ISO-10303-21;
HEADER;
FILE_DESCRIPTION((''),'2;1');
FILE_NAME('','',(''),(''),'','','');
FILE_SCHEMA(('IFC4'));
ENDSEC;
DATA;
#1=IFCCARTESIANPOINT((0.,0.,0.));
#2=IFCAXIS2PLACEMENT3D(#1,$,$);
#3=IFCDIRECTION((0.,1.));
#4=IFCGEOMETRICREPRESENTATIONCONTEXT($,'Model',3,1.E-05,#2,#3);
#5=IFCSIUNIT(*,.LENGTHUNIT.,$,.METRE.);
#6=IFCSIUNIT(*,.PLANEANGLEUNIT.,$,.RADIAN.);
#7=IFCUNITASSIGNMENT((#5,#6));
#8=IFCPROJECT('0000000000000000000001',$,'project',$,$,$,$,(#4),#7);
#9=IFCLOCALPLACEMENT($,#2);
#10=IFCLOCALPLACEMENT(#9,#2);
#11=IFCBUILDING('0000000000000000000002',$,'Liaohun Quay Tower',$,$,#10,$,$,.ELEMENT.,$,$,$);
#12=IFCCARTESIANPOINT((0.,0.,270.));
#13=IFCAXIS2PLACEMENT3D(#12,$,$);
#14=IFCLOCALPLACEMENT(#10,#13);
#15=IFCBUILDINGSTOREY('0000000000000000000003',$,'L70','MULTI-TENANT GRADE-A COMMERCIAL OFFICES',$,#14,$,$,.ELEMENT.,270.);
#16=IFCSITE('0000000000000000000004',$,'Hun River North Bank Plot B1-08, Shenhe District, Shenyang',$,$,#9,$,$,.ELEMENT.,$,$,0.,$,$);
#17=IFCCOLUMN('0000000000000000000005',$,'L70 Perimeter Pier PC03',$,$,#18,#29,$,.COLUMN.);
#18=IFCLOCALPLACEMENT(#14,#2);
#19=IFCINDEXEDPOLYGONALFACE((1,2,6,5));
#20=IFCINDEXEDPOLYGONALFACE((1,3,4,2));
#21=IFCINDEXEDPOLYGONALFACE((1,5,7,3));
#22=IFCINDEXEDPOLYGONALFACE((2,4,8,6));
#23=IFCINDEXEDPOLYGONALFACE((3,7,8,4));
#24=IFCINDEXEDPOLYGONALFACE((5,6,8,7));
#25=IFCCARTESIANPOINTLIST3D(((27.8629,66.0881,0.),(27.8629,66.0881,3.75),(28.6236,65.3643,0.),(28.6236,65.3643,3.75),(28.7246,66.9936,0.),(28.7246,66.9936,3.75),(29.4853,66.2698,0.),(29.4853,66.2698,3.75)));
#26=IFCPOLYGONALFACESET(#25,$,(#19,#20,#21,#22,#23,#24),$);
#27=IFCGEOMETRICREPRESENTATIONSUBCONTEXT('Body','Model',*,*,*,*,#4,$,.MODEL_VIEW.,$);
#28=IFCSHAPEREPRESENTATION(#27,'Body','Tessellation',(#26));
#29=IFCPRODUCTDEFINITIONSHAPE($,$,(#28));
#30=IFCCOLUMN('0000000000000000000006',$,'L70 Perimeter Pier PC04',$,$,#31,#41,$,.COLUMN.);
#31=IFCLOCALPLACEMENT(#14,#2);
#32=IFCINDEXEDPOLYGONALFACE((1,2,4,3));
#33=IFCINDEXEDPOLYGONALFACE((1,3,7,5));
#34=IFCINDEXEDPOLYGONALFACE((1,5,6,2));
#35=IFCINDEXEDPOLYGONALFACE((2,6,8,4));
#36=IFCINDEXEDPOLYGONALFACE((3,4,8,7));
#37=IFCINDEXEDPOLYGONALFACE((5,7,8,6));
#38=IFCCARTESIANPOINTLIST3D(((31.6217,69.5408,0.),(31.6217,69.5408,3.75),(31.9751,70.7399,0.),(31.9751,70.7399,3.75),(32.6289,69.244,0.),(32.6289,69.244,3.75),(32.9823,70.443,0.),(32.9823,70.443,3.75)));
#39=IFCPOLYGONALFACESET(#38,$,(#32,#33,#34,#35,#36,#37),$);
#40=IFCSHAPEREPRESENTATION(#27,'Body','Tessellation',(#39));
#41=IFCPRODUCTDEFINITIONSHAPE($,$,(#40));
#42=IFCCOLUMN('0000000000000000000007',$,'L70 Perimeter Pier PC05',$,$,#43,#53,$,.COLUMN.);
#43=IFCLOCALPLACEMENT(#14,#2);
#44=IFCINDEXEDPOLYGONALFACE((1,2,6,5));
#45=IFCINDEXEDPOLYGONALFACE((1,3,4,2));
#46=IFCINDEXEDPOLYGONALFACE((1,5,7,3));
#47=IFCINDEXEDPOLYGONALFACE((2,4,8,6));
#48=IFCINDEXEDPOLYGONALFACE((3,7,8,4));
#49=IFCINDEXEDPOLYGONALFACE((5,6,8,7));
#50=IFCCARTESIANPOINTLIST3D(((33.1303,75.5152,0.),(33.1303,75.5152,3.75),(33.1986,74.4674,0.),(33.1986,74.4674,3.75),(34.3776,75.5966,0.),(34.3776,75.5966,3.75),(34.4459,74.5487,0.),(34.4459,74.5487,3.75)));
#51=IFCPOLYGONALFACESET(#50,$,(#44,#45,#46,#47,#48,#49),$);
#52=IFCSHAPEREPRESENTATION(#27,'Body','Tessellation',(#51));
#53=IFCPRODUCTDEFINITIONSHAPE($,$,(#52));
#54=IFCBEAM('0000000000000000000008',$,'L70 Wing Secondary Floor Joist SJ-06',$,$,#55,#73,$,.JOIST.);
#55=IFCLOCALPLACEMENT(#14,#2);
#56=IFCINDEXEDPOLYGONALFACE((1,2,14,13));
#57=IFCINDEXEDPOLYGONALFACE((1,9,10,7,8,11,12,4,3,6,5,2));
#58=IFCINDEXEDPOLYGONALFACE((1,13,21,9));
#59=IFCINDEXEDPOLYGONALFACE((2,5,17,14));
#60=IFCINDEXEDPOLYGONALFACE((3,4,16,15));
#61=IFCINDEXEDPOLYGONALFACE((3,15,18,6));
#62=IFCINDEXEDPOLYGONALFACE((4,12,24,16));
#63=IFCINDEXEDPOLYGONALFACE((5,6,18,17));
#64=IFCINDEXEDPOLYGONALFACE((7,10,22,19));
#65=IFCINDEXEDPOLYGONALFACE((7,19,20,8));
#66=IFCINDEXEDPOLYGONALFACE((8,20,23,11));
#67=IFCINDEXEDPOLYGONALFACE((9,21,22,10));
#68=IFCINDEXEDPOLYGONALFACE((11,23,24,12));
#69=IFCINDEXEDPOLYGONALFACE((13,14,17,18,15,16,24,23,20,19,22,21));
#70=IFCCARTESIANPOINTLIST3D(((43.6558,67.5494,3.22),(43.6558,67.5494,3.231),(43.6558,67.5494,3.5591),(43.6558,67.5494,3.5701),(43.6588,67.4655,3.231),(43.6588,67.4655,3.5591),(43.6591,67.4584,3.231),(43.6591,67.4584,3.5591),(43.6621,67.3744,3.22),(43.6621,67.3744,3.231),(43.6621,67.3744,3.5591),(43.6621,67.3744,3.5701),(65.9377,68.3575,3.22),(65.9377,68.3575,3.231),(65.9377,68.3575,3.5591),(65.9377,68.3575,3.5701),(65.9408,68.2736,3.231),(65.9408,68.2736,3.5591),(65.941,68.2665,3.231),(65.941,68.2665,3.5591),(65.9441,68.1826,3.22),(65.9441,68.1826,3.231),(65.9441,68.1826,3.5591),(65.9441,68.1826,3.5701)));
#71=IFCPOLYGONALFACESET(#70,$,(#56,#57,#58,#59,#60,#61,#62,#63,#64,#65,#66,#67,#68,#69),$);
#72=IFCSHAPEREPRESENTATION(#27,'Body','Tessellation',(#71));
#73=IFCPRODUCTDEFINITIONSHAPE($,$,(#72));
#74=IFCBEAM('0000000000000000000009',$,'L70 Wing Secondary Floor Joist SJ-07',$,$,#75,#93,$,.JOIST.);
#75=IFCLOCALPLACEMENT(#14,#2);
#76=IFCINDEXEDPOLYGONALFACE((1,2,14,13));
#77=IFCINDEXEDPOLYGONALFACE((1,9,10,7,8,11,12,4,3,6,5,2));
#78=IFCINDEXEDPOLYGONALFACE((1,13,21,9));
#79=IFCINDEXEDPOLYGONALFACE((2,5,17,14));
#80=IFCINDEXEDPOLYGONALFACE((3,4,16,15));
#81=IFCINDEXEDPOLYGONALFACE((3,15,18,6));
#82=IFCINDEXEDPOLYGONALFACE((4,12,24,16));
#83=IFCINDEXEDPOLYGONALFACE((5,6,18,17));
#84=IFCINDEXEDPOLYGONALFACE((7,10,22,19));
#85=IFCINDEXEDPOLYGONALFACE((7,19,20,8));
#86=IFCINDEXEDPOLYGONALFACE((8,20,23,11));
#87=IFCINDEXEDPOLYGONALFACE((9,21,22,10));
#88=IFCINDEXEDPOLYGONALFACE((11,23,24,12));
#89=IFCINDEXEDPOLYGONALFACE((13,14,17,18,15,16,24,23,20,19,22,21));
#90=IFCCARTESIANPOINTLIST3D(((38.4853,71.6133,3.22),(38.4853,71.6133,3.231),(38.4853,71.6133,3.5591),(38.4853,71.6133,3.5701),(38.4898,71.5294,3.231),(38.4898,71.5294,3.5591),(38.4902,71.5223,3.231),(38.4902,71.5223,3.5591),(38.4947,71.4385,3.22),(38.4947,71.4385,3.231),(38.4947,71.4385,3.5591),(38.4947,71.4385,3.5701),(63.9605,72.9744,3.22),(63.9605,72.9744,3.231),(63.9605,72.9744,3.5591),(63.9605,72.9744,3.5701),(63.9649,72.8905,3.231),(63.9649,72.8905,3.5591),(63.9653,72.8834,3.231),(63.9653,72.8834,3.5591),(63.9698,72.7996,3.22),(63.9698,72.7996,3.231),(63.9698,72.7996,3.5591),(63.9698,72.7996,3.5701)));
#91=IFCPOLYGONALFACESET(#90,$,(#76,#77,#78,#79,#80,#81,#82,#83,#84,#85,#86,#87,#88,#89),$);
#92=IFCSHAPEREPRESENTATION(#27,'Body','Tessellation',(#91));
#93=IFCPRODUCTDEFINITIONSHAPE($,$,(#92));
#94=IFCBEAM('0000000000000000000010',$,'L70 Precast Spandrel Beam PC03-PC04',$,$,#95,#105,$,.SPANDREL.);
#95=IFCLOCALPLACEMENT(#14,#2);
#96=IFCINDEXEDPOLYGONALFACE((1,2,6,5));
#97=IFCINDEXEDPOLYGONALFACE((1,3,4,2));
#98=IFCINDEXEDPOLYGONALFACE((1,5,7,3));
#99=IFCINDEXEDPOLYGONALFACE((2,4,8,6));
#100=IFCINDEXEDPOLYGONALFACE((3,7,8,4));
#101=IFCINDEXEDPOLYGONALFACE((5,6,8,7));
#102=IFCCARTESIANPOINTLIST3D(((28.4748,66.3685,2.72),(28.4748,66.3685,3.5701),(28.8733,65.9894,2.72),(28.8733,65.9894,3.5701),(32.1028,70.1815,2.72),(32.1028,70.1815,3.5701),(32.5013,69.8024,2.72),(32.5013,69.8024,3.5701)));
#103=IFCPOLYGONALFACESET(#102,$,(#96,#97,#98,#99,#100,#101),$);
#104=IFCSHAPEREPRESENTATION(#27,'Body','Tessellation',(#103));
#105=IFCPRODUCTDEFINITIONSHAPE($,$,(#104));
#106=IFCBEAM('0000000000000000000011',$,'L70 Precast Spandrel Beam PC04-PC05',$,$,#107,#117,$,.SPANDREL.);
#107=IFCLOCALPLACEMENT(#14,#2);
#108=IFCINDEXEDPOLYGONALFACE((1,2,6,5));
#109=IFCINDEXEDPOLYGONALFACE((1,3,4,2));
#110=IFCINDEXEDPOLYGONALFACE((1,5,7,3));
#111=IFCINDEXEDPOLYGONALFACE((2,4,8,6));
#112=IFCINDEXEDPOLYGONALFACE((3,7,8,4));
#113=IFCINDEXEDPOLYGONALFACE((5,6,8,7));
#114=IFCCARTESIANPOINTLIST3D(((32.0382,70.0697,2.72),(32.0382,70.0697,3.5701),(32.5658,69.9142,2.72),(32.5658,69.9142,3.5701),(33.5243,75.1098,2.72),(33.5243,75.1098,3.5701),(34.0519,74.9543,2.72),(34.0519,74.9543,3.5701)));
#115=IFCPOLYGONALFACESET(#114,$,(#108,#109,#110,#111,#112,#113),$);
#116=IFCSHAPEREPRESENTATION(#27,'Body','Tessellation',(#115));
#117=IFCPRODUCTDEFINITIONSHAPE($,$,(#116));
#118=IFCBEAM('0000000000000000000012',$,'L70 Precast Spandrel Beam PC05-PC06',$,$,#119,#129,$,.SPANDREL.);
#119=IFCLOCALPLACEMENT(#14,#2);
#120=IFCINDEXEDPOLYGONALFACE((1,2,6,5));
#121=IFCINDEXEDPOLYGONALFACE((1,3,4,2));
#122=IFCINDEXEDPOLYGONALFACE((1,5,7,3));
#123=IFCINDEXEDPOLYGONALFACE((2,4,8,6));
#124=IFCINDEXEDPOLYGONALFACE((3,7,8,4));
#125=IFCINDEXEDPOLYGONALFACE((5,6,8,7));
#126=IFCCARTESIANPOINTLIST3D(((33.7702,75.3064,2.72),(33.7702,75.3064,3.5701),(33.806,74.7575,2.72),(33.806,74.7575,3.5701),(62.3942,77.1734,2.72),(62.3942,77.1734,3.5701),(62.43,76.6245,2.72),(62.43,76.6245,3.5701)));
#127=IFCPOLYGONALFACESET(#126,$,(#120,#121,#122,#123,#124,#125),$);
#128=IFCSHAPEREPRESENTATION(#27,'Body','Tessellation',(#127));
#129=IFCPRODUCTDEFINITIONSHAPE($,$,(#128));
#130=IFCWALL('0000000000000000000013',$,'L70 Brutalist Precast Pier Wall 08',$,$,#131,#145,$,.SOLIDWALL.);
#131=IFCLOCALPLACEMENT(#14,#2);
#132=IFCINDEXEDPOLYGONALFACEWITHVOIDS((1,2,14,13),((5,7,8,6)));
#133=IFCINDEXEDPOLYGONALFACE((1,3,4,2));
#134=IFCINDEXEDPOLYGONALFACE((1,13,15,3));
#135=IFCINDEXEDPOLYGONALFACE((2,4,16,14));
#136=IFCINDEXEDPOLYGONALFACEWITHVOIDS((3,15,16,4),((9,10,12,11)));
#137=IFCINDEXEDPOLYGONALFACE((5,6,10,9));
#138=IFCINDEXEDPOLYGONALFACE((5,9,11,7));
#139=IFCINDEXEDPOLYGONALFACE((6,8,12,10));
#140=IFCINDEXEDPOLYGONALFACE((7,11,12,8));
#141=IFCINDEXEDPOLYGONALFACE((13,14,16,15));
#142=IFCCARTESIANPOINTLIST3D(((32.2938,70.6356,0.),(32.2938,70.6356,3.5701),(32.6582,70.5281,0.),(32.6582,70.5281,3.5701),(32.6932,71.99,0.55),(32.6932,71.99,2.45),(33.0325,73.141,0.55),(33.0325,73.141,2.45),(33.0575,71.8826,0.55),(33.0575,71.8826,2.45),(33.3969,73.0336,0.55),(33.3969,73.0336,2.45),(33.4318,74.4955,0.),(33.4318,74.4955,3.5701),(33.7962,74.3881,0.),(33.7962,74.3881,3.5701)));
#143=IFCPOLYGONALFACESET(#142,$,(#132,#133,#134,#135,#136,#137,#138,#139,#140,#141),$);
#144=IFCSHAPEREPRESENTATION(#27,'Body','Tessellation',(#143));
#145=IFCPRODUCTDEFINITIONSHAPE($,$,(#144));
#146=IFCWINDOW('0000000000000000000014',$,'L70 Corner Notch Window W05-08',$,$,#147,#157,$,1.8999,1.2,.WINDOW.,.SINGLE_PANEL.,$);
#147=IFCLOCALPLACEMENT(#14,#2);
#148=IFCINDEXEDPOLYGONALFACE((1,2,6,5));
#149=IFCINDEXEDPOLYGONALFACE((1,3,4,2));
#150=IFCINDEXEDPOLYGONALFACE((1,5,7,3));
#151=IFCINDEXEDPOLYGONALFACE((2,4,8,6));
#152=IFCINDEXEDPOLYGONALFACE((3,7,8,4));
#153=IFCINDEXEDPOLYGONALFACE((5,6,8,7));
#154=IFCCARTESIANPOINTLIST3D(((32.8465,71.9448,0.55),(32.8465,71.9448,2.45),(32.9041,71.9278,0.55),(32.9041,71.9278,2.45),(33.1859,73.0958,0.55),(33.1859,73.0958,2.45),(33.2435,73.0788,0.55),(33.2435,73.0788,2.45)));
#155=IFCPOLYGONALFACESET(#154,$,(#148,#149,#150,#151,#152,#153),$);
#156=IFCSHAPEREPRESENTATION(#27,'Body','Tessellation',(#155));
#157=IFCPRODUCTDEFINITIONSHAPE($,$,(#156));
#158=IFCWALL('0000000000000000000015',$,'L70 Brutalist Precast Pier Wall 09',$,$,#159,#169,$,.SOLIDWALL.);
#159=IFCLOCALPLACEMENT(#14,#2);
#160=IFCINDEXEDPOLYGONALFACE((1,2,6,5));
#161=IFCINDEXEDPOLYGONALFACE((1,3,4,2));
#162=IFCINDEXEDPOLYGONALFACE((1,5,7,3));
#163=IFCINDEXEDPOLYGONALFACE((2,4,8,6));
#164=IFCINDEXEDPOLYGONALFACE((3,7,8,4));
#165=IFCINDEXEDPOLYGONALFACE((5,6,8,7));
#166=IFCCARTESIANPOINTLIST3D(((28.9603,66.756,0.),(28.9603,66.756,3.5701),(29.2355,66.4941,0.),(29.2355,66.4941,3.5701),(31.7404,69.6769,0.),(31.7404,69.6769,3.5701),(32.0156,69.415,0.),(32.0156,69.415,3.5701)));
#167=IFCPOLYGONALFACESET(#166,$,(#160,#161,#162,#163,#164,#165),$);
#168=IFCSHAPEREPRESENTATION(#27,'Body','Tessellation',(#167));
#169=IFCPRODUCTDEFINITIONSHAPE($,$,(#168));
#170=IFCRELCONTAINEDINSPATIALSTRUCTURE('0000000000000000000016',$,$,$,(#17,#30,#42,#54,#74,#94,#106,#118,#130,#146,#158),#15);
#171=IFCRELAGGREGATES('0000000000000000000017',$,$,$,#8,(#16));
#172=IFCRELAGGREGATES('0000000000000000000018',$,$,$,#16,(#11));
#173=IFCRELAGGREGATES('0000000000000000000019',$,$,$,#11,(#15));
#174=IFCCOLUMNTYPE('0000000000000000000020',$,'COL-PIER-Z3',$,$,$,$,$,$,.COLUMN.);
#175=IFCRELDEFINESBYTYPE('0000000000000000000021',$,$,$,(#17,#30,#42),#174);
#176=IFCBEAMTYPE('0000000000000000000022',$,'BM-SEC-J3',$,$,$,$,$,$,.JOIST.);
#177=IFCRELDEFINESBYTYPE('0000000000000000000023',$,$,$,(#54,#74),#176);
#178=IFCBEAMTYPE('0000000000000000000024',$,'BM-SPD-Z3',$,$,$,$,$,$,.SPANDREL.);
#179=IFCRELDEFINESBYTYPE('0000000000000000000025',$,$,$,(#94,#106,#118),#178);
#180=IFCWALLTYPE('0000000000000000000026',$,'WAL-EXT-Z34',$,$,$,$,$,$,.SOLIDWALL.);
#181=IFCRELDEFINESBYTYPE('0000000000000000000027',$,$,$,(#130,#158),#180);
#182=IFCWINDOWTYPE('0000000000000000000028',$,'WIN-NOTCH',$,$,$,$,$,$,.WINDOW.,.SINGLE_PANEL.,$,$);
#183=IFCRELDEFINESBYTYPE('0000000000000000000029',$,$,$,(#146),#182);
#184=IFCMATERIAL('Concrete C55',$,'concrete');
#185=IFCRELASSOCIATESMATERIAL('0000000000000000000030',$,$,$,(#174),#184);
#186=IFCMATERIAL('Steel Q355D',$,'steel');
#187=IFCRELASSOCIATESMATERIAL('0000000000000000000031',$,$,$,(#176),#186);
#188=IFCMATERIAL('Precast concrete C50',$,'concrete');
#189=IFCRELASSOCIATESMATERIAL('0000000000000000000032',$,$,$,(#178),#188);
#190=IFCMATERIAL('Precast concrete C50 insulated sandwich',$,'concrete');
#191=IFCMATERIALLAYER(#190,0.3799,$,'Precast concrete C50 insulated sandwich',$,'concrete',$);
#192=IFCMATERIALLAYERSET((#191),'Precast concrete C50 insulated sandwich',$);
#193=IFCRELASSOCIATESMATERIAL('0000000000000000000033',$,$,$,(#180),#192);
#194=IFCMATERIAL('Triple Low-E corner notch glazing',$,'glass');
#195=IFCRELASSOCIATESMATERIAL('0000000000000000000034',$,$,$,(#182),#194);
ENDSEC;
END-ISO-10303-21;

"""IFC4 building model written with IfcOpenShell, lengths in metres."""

from ifc_helpers import new_model, si_unit, direction, frame, frame_2d, origin, origin_2d, place, context, subcontext, project, spatial, rectangle, i_section, extrude, source, transform, mapped, material, layer, layer_set, material_profile, profile_set, type_object, element, fill, save


model = new_model("IFC4")

# Units and contexts
model_context = context("Model", 3, precision=1e-05, world=origin(), true_north=direction((0.0, 1.0)))
body_context = subcontext(model_context, "Body", "Model", "MODEL_VIEW")
ifc_project = project(units=[si_unit("LENGTHUNIT", "METRE"), si_unit("PLANEANGLEUNIT", "RADIAN")], contexts=[model_context])

# Site, building, storey
site_placement = place(None, origin())
site = spatial("IfcSite", under=ifc_project, at=site_placement, Name="Hun River North Bank Plot B1-08, Shenhe District, Shenyang", CompositionType="ELEMENT", RefElevation=0.0)
building_placement = place(site_placement, origin())
building = spatial("IfcBuilding", under=site, at=building_placement, Name="Liaohun Quay Tower", CompositionType="ELEMENT")
storey_placement = place(building_placement, frame((0.0, 0.0, 270.0)))
storey = spatial("IfcBuildingStorey", under=building, at=storey_placement, Name="L70", Description="MULTI-TENANT GRADE-A COMMERCIAL OFFICES", CompositionType="ELEMENT", Elevation=270.0)

# Columns
ifc_material_1 = material(Name="Concrete C55", Category="concrete")
ifc_material_profile_1 = material_profile(ifc_material_1, rectangle(XDim=1.25, YDim=1.05, at=origin_2d()), Name="RC1250x1050")
ifc_profile_set_1 = profile_set([ifc_material_profile_1], Name="Concrete C55")
column_type = type_object("IfcColumnType", Name="COL-PIER-Z3", PredefinedType="COLUMN", material=ifc_profile_set_1)
shared_shape_1 = source(origin(), body_context, "Body", "SweptSolid", [
    extrude(rectangle(XDim=1.25, YDim=1.05, at=origin_2d()), origin(), (0.0, 0.0, 1.0), 3.75),
])
for number, where, z_axis, x_axis, name in (
    (1, (28.6741, 66.179, 0.0), (0.0, 0.0, 1.0), (0.689367, 0.724413, 0.0), "L70 Perimeter Pier PC03"),
    (2, (32.302, 69.9919, 0.0), (0.0, 0.0, 1.0), (0.282676, 0.959215, 0.0), "L70 Perimeter Pier PC04"),
    (3, (33.7881, 75.032, 0.0), (0.0, 0.0, 1.0), (0.997882, 0.065055, 0.0), "L70 Perimeter Pier PC05"),
):
    element("IfcColumn", number, at=place(storey_placement, frame(where, z_axis=z_axis, x_axis=x_axis)), inside=storey, type_object=column_type, Name=name, PredefinedType="COLUMN", context=body_context, shape_type="MappedRepresentation", body=[
        mapped(shared_shape_1, transform((0.0, 0.0, 0.0), x_axis=(1.0, 0.0, 0.0), y_axis=(0.0, 1.0, 0.0), z_axis=(0.0, 0.0, 1.0), scale=1.0)),
    ])

# Beams
ifc_material_2 = material(Name="Steel Q355D", Category="steel")
ifc_material_profile_2 = material_profile(ifc_material_2, i_section(OverallWidth=0.175, OverallDepth=0.3501, WebThickness=0.0071, FlangeThickness=0.011, at=origin_2d()), Name="HN350x175x7x11")
ifc_profile_set_2 = profile_set([ifc_material_profile_2], Name="Steel Q355D")
beam_type_1 = type_object("IfcBeamType", Name="BM-SEC-J3", PredefinedType="JOIST", material=ifc_profile_set_2)
shared_shape_2 = source(origin(), body_context, "Body", "SweptSolid", [
    extrude(i_section(OverallWidth=0.175, OverallDepth=0.3501, WebThickness=0.0071, FlangeThickness=0.011, at=origin_2d()), origin(), (0.0, 0.0, 1.0), 22.2966),
])
beam_1_placement = place(storey_placement, frame((43.6589, 67.4619, 3.395), z_axis=(0.999343, 0.036243, 0.0), x_axis=(-0.036243, 0.999343, 0.0)))
element("IfcBeam", 4, at=beam_1_placement, inside=storey, type_object=beam_type_1, Name="L70 Wing Secondary Floor Joist SJ-06", PredefinedType="JOIST", context=body_context, shape_type="MappedRepresentation", body=[
    mapped(shared_shape_2, transform((0.0, 0.0, 0.0), x_axis=(1.0, 0.0, 0.0), y_axis=(0.0, 1.0, 0.0), z_axis=(0.0, 0.0, 1.0), scale=1.0)),
])
shared_shape_3 = source(origin(), body_context, "Body", "SweptSolid", [
    extrude(i_section(OverallWidth=0.175, OverallDepth=0.3501, WebThickness=0.0071, FlangeThickness=0.011, at=origin_2d()), origin(), (0.0, 0.0, 1.0), 25.5115),
])
beam_2_placement = place(storey_placement, frame((38.49, 71.5259, 3.395), z_axis=(0.998576, 0.053352, 0.0), x_axis=(-0.053352, 0.998576, 0.0)))
element("IfcBeam", 5, at=beam_2_placement, inside=storey, type_object=beam_type_1, Name="L70 Wing Secondary Floor Joist SJ-07", PredefinedType="JOIST", context=body_context, shape_type="MappedRepresentation", body=[
    mapped(shared_shape_3, transform((0.0, 0.0, 0.0), x_axis=(1.0, 0.0, 0.0), y_axis=(0.0, 1.0, 0.0), z_axis=(0.0, 0.0, 1.0), scale=1.0)),
])
ifc_material_3 = material(Name="Precast concrete C50", Category="concrete")
ifc_material_profile_3 = material_profile(ifc_material_3, rectangle(XDim=0.55, YDim=0.8501, at=origin_2d()), Name="RC550x850")
ifc_profile_set_3 = profile_set([ifc_material_profile_3], Name="Precast concrete C50")
beam_type_2 = type_object("IfcBeamType", Name="BM-SPD-Z3", PredefinedType="SPANDREL", material=ifc_profile_set_3)
shared_shape_4 = source(origin(), body_context, "Body", "SweptSolid", [
    extrude(rectangle(XDim=0.55, YDim=0.8501, at=origin_2d()), origin(), (0.0, 0.0, 1.0), 5.2632),
])
beam_3_placement = place(storey_placement, frame((28.6741, 66.179, 3.145), z_axis=(0.689308, 0.724469, 0.0), x_axis=(-0.724469, 0.689308, 0.0)))
element("IfcBeam", 6, at=beam_3_placement, inside=storey, type_object=beam_type_2, Name="L70 Precast Spandrel Beam PC03-PC04", PredefinedType="SPANDREL", context=body_context, shape_type="MappedRepresentation", body=[
    mapped(shared_shape_4, transform((0.0, 0.0, 0.0), x_axis=(1.0, 0.0, 0.0), y_axis=(0.0, 1.0, 0.0), z_axis=(0.0, 0.0, 1.0), scale=1.0)),
])
shared_shape_5 = source(origin(), body_context, "Body", "SweptSolid", [
    extrude(rectangle(XDim=0.55, YDim=0.8501, at=origin_2d()), origin(), (0.0, 0.0, 1.0), 5.2546),
])
beam_4_placement = place(storey_placement, frame((32.302, 69.9919, 3.145), z_axis=(0.282818, 0.959174, 0.0), x_axis=(-0.959174, 0.282818, 0.0)))
element("IfcBeam", 7, at=beam_4_placement, inside=storey, type_object=beam_type_2, Name="L70 Precast Spandrel Beam PC04-PC05", PredefinedType="SPANDREL", context=body_context, shape_type="MappedRepresentation", body=[
    mapped(shared_shape_5, transform((0.0, 0.0, 0.0), x_axis=(1.0, 0.0, 0.0), y_axis=(0.0, 1.0, 0.0), z_axis=(0.0, 0.0, 1.0), scale=1.0)),
])
shared_shape_6 = source(origin(), body_context, "Body", "SweptSolid", [
    extrude(rectangle(XDim=0.55, YDim=0.8501, at=origin_2d()), origin(), (0.0, 0.0, 1.0), 28.6848),
])
beam_5_placement = place(storey_placement, frame((33.7881, 75.032, 3.145), z_axis=(0.99788, 0.065085, 0.0), x_axis=(-0.065085, 0.99788, 0.0)))
element("IfcBeam", 8, at=beam_5_placement, inside=storey, type_object=beam_type_2, Name="L70 Precast Spandrel Beam PC05-PC06", PredefinedType="SPANDREL", context=body_context, shape_type="MappedRepresentation", body=[
    mapped(shared_shape_6, transform((0.0, 0.0, 0.0), x_axis=(1.0, 0.0, 0.0), y_axis=(0.0, 1.0, 0.0), z_axis=(0.0, 0.0, 1.0), scale=1.0)),
])

# Wall, opening, window
ifc_material_4 = material(Name="Precast concrete C50 insulated sandwich", Category="concrete")
ifc_layer_1 = layer(ifc_material_4, 0.3799, Name="Precast concrete C50 insulated sandwich", Category="concrete")
ifc_layer_set_1 = layer_set([ifc_layer_1], Name="Precast concrete C50 insulated sandwich")
wall_type_1 = type_object("IfcWallType", Name="WAL-EXT-Z34", PredefinedType="SOLIDWALL", material=ifc_layer_set_1)
wall_1_placement = place(storey_placement, frame((33.614, 74.4419, 0.0), z_axis=(0.0, 0.0, 1.0), x_axis=(-0.28278, -0.959185, 0.0)))
wall_1 = element("IfcWall", 9, at=wall_1_placement, inside=storey, type_object=wall_type_1, Name="L70 Brutalist Precast Pier Wall 08", PredefinedType="SOLIDWALL", context=body_context, shape_type="SweptSolid", body=[
    extrude(rectangle(XDim=4.0242, YDim=0.3799, at=frame_2d((2.0122, 0.0))), origin(), (0.0, 0.0, 1.0), 3.5701),
])
shared_shape_7 = source(origin(), body_context, "Body", "SweptSolid", [
    extrude(rectangle(XDim=1.2, YDim=1.8999, at=frame_2d((0.6001, 0.95))), frame((0.0, 0.2, 0.0), z_axis=(0.0, -1.0, 0.0), x_axis=(1.0, 0.0, 0.0)), (0.0, 0.0, 1.0), 0.3999),
])
opening_1_placement = place(wall_1_placement, frame((1.4121, 0.0, 0.55)))
opening_1 = element("IfcOpeningElement", 10, at=opening_1_placement, cuts=wall_1, PredefinedType="OPENING", context=body_context, shape_type="MappedRepresentation", body=[
    mapped(shared_shape_7, transform((0.0, 0.0, 0.0), x_axis=(1.0, 0.0, 0.0), y_axis=(0.0, 1.0, 0.0), z_axis=(0.0, 0.0, 1.0), scale=1.0)),
])
ifc_material_5 = material(Name="Triple Low-E corner notch glazing", Category="glass")
window_type_1 = type_object("IfcWindowType", Name="WIN-NOTCH", PartitioningType="SINGLE_PANEL", PredefinedType="WINDOW", material=ifc_material_5)
shared_shape_8 = source(origin(), body_context, "Body", "SweptSolid", [
    extrude(rectangle(XDim=1.2, YDim=1.8999, at=frame_2d((0.6001, 0.95))), frame((0.0, 0.03, 0.0), z_axis=(0.0, -1.0, 0.0), x_axis=(1.0, 0.0, 0.0)), (0.0, 0.0, 1.0), 0.0601),
])
window_1_placement = place(opening_1_placement, origin())
window_1 = element("IfcWindow", 11, at=window_1_placement, inside=storey, type_object=window_type_1, Name="L70 Corner Notch Window W05-08", OverallHeight=1.8999, OverallWidth=1.2, PartitioningType="SINGLE_PANEL", PredefinedType="WINDOW", context=body_context, shape_type="MappedRepresentation", body=[
    mapped(shared_shape_8, transform((0.0, 0.0, 0.0), x_axis=(1.0, 0.0, 0.0), y_axis=(0.0, 1.0, 0.0), z_axis=(0.0, 0.0, 1.0), scale=1.0)),
])
fill(opening_1, window_1)

# Wall
wall_2_placement = place(storey_placement, frame((31.8779, 69.5459, 0.0), z_axis=(0.0, 0.0, 1.0), x_axis=(-0.689424, -0.724358, 0.0)))
element("IfcWall", 12, at=wall_2_placement, inside=storey, type_object=wall_type_1, Name="L70 Brutalist Precast Pier Wall 09", PredefinedType="SOLIDWALL", context=body_context, shape_type="SweptSolid", body=[
    extrude(rectangle(XDim=4.0325, YDim=0.3799, at=frame_2d((2.0161, 0.0))), origin(), (0.0, 0.0, 1.0), 3.5701),
])

save(model, "model.ifc")
